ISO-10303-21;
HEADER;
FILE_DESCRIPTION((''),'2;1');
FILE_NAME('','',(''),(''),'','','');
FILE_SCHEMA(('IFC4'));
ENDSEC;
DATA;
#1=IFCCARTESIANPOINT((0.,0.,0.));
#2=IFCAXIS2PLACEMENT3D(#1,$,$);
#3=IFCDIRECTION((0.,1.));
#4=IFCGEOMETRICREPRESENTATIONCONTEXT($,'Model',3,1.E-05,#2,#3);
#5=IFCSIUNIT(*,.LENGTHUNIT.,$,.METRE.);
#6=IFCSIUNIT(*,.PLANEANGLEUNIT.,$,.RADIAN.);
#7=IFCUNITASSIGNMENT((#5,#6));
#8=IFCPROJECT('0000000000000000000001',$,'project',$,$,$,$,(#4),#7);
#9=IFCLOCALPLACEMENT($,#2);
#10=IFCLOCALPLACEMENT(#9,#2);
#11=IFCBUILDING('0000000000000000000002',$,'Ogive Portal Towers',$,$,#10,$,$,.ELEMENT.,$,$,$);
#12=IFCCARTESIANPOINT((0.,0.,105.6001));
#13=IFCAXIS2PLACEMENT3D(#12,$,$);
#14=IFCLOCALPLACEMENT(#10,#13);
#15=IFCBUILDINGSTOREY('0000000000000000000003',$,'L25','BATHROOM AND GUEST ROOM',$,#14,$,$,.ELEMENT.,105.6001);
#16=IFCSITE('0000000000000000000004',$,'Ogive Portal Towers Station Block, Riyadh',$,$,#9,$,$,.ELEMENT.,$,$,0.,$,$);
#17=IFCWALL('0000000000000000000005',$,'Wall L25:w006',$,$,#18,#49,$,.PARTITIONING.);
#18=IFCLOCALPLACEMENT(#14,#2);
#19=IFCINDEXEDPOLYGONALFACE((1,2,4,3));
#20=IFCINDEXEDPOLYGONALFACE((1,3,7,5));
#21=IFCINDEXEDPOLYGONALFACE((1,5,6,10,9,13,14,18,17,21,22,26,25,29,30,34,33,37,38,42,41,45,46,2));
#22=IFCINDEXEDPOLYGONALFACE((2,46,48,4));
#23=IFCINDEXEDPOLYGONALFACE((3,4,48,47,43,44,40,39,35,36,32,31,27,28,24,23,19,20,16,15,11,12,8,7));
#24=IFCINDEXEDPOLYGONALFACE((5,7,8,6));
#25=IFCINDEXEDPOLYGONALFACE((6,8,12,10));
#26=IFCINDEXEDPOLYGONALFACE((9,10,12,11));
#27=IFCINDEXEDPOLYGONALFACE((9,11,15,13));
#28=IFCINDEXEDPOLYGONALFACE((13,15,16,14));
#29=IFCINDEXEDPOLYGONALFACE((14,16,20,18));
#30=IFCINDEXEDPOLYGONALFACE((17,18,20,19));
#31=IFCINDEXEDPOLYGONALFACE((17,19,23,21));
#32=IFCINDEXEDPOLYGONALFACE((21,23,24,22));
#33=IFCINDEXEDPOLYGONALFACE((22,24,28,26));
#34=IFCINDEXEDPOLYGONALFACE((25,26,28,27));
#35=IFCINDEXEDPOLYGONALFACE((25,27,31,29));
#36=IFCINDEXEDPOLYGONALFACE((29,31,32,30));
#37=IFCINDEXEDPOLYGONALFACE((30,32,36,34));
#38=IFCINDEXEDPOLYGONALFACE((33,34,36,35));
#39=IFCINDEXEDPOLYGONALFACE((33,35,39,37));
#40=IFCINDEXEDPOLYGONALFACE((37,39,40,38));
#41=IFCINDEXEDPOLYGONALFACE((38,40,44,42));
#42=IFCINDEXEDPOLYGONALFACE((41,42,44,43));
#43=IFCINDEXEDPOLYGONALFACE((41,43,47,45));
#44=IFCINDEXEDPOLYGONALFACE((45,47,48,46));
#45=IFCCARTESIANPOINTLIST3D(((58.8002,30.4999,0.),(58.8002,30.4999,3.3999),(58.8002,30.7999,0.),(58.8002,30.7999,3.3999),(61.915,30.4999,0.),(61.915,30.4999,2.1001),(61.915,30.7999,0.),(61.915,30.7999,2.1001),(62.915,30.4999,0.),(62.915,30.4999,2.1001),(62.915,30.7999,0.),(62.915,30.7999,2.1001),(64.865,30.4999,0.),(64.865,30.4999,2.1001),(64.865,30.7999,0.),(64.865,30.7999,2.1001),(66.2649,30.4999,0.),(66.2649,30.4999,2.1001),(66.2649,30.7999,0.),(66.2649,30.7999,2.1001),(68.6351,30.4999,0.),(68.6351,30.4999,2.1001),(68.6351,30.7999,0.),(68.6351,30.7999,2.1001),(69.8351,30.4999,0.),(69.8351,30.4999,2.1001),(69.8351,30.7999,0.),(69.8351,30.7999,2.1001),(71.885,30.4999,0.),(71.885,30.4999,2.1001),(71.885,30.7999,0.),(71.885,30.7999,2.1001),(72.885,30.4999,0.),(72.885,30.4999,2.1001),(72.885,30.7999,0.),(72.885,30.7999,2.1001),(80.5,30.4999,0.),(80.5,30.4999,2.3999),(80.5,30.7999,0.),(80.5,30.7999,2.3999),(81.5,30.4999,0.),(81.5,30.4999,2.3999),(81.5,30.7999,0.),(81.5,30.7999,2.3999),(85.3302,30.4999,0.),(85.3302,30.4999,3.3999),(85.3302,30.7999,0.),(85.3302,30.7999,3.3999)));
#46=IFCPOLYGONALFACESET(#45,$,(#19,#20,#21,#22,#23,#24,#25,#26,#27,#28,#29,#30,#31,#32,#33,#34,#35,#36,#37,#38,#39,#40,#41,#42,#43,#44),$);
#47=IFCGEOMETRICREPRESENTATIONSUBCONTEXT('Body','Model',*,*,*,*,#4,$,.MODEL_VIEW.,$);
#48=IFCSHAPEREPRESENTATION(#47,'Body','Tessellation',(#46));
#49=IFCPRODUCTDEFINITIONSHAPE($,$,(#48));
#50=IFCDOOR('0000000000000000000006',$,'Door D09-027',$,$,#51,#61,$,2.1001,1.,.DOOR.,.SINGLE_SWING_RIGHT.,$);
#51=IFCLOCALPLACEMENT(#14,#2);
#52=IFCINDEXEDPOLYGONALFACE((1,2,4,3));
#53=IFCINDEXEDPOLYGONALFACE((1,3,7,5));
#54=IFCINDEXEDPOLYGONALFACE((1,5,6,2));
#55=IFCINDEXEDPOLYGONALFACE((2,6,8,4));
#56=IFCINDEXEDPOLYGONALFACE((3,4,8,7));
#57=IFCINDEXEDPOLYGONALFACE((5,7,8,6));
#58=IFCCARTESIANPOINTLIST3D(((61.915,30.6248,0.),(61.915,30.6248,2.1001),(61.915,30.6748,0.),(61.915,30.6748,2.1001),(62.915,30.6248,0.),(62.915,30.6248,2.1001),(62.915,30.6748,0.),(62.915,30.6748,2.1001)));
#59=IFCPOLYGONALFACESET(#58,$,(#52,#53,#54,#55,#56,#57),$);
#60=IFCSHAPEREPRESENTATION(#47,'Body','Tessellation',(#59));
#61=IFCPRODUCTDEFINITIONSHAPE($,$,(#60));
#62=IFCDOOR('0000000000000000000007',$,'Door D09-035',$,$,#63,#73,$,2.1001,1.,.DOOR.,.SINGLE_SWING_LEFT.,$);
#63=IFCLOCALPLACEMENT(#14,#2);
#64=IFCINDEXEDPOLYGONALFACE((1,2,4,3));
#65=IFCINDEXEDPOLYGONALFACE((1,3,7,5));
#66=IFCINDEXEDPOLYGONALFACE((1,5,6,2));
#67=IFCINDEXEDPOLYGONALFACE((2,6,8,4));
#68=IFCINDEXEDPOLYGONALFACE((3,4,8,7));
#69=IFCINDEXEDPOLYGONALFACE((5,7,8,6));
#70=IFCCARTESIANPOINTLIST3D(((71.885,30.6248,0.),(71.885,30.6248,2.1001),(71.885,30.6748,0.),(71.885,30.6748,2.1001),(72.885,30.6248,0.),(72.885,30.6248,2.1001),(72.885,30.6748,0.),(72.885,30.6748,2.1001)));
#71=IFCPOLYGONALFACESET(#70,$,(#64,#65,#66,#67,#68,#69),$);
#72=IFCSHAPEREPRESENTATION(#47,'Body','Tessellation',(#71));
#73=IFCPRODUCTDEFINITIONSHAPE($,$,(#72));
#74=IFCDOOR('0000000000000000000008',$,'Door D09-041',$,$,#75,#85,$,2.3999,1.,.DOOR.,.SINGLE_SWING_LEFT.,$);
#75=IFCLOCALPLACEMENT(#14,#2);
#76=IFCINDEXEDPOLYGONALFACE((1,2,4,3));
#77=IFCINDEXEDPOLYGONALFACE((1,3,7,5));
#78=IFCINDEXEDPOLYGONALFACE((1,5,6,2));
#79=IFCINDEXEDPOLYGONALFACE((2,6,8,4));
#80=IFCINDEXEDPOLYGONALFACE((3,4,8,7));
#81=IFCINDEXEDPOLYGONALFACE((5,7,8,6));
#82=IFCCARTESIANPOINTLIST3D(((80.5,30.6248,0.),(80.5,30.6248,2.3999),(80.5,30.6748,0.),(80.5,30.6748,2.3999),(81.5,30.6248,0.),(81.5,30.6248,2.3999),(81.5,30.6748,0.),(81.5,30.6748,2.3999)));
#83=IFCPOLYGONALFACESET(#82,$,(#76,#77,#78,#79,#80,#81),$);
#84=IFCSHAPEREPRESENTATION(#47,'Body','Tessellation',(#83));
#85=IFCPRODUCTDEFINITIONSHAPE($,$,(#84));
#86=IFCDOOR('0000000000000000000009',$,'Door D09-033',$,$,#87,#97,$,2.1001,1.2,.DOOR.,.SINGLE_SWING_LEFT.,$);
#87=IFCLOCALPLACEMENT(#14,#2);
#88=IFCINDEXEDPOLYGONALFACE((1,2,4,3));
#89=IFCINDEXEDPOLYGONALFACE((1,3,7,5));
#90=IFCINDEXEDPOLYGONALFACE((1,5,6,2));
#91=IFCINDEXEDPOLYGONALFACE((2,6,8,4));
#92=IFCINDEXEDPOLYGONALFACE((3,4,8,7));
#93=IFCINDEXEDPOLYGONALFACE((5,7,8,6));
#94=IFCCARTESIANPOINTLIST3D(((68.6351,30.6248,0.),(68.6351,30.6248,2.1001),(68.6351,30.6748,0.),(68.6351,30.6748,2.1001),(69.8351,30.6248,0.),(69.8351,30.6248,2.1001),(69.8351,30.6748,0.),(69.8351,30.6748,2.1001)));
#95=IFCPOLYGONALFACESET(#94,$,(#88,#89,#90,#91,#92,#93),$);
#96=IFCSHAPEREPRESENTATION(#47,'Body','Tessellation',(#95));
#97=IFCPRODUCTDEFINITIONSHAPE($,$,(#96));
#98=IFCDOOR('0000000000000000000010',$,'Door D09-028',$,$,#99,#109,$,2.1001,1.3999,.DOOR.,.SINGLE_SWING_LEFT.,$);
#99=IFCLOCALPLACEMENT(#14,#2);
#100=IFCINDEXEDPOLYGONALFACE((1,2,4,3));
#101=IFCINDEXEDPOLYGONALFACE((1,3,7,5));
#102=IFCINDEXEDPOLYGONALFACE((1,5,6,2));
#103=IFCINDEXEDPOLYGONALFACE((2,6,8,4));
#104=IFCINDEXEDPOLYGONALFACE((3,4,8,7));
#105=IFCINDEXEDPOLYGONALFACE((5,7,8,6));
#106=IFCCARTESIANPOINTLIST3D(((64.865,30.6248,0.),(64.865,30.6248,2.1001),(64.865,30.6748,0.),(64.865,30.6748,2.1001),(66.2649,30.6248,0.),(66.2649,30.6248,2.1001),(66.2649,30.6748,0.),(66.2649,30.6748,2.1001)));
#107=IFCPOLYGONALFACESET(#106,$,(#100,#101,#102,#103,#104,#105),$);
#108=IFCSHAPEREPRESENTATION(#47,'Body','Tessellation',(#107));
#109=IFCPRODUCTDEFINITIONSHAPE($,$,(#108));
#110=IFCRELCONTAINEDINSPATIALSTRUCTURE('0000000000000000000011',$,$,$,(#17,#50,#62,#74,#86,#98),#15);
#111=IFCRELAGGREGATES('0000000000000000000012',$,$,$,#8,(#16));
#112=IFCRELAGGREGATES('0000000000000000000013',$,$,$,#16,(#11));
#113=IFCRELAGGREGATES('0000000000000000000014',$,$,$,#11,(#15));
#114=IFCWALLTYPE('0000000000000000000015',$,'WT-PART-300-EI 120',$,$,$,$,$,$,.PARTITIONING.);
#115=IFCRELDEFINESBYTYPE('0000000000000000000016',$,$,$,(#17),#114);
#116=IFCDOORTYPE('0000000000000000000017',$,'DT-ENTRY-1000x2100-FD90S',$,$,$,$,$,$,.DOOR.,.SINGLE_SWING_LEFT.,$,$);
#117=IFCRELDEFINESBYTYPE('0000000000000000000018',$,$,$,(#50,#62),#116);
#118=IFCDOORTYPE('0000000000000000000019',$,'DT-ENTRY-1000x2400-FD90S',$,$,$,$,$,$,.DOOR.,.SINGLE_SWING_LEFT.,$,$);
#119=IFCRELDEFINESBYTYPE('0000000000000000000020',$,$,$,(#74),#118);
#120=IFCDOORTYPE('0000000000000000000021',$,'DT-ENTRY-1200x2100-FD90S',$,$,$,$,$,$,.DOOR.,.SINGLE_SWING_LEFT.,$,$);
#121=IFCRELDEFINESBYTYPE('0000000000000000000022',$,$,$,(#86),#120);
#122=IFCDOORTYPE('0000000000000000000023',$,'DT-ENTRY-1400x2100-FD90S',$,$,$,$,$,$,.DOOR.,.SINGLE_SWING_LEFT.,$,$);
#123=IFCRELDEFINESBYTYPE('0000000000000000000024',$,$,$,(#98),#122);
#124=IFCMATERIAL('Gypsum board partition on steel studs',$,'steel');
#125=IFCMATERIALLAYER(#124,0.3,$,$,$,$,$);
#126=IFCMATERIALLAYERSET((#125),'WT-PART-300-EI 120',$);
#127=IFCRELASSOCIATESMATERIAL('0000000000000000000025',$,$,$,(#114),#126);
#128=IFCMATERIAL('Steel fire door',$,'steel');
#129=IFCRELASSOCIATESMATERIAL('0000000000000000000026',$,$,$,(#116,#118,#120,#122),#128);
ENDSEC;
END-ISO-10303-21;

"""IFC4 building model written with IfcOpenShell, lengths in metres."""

from ifc_helpers import new_model, si_unit, direction, frame, frame_2d, origin, place, context, subcontext, project, spatial, rectangle, extrude, material, layer, layer_set, type_object, element, fill, save


model = new_model("IFC4")

# Units and contexts
model_context = context("Model", 3, precision=1e-05, world=origin(), true_north=direction((0.0, 1.0)))
body_context = subcontext(model_context, "Body", "Model", "MODEL_VIEW")
ifc_project = project(units=[si_unit("LENGTHUNIT", "METRE"), si_unit("PLANEANGLEUNIT", "RADIAN")], contexts=[model_context])

# Site, building, storey
site_placement = place(None, origin())
site = spatial("IfcSite", under=ifc_project, at=site_placement, Name="Ogive Portal Towers Station Block, Riyadh", CompositionType="ELEMENT", RefElevation=0.0)
building_placement = place(site_placement, origin())
building = spatial("IfcBuilding", under=site, at=building_placement, Name="Ogive Portal Towers", CompositionType="ELEMENT")
storey_placement = place(building_placement, frame((0.0, 0.0, 105.6001)))
storey = spatial("IfcBuildingStorey", under=building, at=storey_placement, Name="L25", Description="BATHROOM AND GUEST ROOM", CompositionType="ELEMENT", Elevation=105.6001)

# Wall, openings, doors
ifc_material_1 = material(Name="Gypsum board partition on steel studs", Category="steel")
ifc_layer_1 = layer(ifc_material_1, 0.3)
ifc_layer_set_1 = layer_set([ifc_layer_1], Name="WT-PART-300-EI 120")
wall_type_1 = type_object("IfcWallType", Name="WT-PART-300-EI 120", PredefinedType="PARTITIONING", material=ifc_layer_set_1)
wall_1_placement = place(storey_placement, frame((58.8, 30.6499, 0.0), z_axis=(0.0, 0.0, 1.0), x_axis=(1.0, 0.0, 0.0)))
wall_1 = element("IfcWall", 1, at=wall_1_placement, inside=storey, type_object=wall_type_1, Name="Wall L25:w006", PredefinedType="PARTITIONING", context=body_context, shape_type="SweptSolid", body=[
    extrude(rectangle(XDim=26.53, YDim=0.3, at=frame_2d((13.2651, 0.0))), origin(), (0.0, 0.0, 1.0), 3.3999),
])
opening_1_placement = place(wall_1_placement, frame((3.115, 0.0, 0.0)))
opening_1 = element("IfcOpeningElement", 2, at=opening_1_placement, cuts=wall_1, PredefinedType="OPENING", context=body_context, shape_type="SweptSolid", body=[
    extrude(rectangle(XDim=1.0, YDim=2.1001, at=frame_2d((0.5, 1.05))), frame((0.0, 0.1602, 0.0), z_axis=(0.0, -1.0, 0.0), x_axis=(1.0, 0.0, 0.0)), (0.0, 0.0, 1.0), 0.3201),
])
opening_2_placement = place(wall_1_placement, frame((6.0649, 0.0, 0.0)))
opening_2 = element("IfcOpeningElement", 3, at=opening_2_placement, cuts=wall_1, PredefinedType="OPENING", context=body_context, shape_type="SweptSolid", body=[
    extrude(rectangle(XDim=1.3999, YDim=2.1001, at=frame_2d((0.7, 1.05))), frame((0.0, 0.1602, 0.0), z_axis=(0.0, -1.0, 0.0), x_axis=(1.0, 0.0, 0.0)), (0.0, 0.0, 1.0), 0.3201),
])
opening_3_placement = place(wall_1_placement, frame((9.835, 0.0, 0.0)))
opening_3 = element("IfcOpeningElement", 4, at=opening_3_placement, cuts=wall_1, PredefinedType="OPENING", context=body_context, shape_type="SweptSolid", body=[
    extrude(rectangle(XDim=1.2, YDim=2.1001, at=frame_2d((0.6001, 1.05))), frame((0.0, 0.1602, 0.0), z_axis=(0.0, -1.0, 0.0), x_axis=(1.0, 0.0, 0.0)), (0.0, 0.0, 1.0), 0.3201),
])
opening_4_placement = place(wall_1_placement, frame((13.085, 0.0, 0.0)))
opening_4 = element("IfcOpeningElement", 5, at=opening_4_placement, cuts=wall_1, PredefinedType="OPENING", context=body_context, shape_type="SweptSolid", body=[
    extrude(rectangle(XDim=1.0, YDim=2.1001, at=frame_2d((0.5, 1.05))), frame((0.0, 0.1602, 0.0), z_axis=(0.0, -1.0, 0.0), x_axis=(1.0, 0.0, 0.0)), (0.0, 0.0, 1.0), 0.3201),
])
opening_5_placement = place(wall_1_placement, frame((21.7, 0.0, 0.0)))
opening_5 = element("IfcOpeningElement", 6, at=opening_5_placement, cuts=wall_1, PredefinedType="OPENING", context=body_context, shape_type="SweptSolid", body=[
    extrude(rectangle(XDim=1.0, YDim=2.3999, at=frame_2d((0.5, 1.2))), frame((0.0, 0.1602, 0.0), z_axis=(0.0, -1.0, 0.0), x_axis=(1.0, 0.0, 0.0)), (0.0, 0.0, 1.0), 0.3201),
])
ifc_material_2 = material(Name="Steel fire door", Category="steel")
door_type_1 = type_object("IfcDoorType", Name="DT-ENTRY-1000x2100-FD90S", OperationType="SINGLE_SWING_LEFT", PredefinedType="DOOR", material=ifc_material_2)
door_1_placement = place(opening_1_placement, origin())
door_1 = element("IfcDoor", 7, at=door_1_placement, inside=storey, type_object=door_type_1, Name="Door D09-027", OperationType="SINGLE_SWING_RIGHT", OverallHeight=2.1001, OverallWidth=1.0, PredefinedType="DOOR", context=body_context, shape_type="SweptSolid", body=[
    extrude(rectangle(XDim=1.0, YDim=2.1001, at=frame_2d((0.5, 1.05))), frame((0.0, 0.0249, 0.0), z_axis=(0.0, -1.0, 0.0), x_axis=(1.0, 0.0, 0.0)), (0.0, 0.0, 1.0), 0.05),
])
fill(opening_1, door_1)
door_2_placement = place(opening_4_placement, origin())
door_2 = element("IfcDoor", 8, at=door_2_placement, inside=storey, type_object=door_type_1, Name="Door D09-035", OperationType="SINGLE_SWING_LEFT", OverallHeight=2.1001, OverallWidth=1.0, PredefinedType="DOOR", context=body_context, shape_type="SweptSolid", body=[
    extrude(rectangle(XDim=1.0, YDim=2.1001, at=frame_2d((0.5, 1.05))), frame((0.0, 0.0249, 0.0), z_axis=(0.0, -1.0, 0.0), x_axis=(1.0, 0.0, 0.0)), (0.0, 0.0, 1.0), 0.05),
])
fill(opening_4, door_2)
door_type_2 = type_object("IfcDoorType", Name="DT-ENTRY-1000x2400-FD90S", OperationType="SINGLE_SWING_LEFT", PredefinedType="DOOR", material=ifc_material_2)
door_3_placement = place(opening_5_placement, origin())
door_3 = element("IfcDoor", 9, at=door_3_placement, inside=storey, type_object=door_type_2, Name="Door D09-041", OperationType="SINGLE_SWING_LEFT", OverallHeight=2.3999, OverallWidth=1.0, PredefinedType="DOOR", context=body_context, shape_type="SweptSolid", body=[
    extrude(rectangle(XDim=1.0, YDim=2.3999, at=frame_2d((0.5, 1.2))), frame((0.0, 0.0249, 0.0), z_axis=(0.0, -1.0, 0.0), x_axis=(1.0, 0.0, 0.0)), (0.0, 0.0, 1.0), 0.05),
])
fill(opening_5, door_3)
door_type_3 = type_object("IfcDoorType", Name="DT-ENTRY-1200x2100-FD90S", OperationType="SINGLE_SWING_LEFT", PredefinedType="DOOR", material=ifc_material_2)
door_4_placement = place(opening_3_placement, origin())
door_4 = element("IfcDoor", 10, at=door_4_placement, inside=storey, type_object=door_type_3, Name="Door D09-033", OperationType="SINGLE_SWING_LEFT", OverallHeight=2.1001, OverallWidth=1.2, PredefinedType="DOOR", context=body_context, shape_type="SweptSolid", body=[
    extrude(rectangle(XDim=1.2, YDim=2.1001, at=frame_2d((0.6001, 1.05))), frame((0.0, 0.0249, 0.0), z_axis=(0.0, -1.0, 0.0), x_axis=(1.0, 0.0, 0.0)), (0.0, 0.0, 1.0), 0.05),
])
fill(opening_3, door_4)
door_type_4 = type_object("IfcDoorType", Name="DT-ENTRY-1400x2100-FD90S", OperationType="SINGLE_SWING_LEFT", PredefinedType="DOOR", material=ifc_material_2)
door_5_placement = place(opening_2_placement, origin())
door_5 = element("IfcDoor", 11, at=door_5_placement, inside=storey, type_object=door_type_4, Name="Door D09-028", OperationType="SINGLE_SWING_LEFT", OverallHeight=2.1001, OverallWidth=1.3999, PredefinedType="DOOR", context=body_context, shape_type="SweptSolid", body=[
    extrude(rectangle(XDim=1.3999, YDim=2.1001, at=frame_2d((0.7, 1.05))), frame((0.0, 0.0249, 0.0), z_axis=(0.0, -1.0, 0.0), x_axis=(1.0, 0.0, 0.0)), (0.0, 0.0, 1.0), 0.05),
])
fill(opening_2, door_5)

save(model, "model.ifc")
